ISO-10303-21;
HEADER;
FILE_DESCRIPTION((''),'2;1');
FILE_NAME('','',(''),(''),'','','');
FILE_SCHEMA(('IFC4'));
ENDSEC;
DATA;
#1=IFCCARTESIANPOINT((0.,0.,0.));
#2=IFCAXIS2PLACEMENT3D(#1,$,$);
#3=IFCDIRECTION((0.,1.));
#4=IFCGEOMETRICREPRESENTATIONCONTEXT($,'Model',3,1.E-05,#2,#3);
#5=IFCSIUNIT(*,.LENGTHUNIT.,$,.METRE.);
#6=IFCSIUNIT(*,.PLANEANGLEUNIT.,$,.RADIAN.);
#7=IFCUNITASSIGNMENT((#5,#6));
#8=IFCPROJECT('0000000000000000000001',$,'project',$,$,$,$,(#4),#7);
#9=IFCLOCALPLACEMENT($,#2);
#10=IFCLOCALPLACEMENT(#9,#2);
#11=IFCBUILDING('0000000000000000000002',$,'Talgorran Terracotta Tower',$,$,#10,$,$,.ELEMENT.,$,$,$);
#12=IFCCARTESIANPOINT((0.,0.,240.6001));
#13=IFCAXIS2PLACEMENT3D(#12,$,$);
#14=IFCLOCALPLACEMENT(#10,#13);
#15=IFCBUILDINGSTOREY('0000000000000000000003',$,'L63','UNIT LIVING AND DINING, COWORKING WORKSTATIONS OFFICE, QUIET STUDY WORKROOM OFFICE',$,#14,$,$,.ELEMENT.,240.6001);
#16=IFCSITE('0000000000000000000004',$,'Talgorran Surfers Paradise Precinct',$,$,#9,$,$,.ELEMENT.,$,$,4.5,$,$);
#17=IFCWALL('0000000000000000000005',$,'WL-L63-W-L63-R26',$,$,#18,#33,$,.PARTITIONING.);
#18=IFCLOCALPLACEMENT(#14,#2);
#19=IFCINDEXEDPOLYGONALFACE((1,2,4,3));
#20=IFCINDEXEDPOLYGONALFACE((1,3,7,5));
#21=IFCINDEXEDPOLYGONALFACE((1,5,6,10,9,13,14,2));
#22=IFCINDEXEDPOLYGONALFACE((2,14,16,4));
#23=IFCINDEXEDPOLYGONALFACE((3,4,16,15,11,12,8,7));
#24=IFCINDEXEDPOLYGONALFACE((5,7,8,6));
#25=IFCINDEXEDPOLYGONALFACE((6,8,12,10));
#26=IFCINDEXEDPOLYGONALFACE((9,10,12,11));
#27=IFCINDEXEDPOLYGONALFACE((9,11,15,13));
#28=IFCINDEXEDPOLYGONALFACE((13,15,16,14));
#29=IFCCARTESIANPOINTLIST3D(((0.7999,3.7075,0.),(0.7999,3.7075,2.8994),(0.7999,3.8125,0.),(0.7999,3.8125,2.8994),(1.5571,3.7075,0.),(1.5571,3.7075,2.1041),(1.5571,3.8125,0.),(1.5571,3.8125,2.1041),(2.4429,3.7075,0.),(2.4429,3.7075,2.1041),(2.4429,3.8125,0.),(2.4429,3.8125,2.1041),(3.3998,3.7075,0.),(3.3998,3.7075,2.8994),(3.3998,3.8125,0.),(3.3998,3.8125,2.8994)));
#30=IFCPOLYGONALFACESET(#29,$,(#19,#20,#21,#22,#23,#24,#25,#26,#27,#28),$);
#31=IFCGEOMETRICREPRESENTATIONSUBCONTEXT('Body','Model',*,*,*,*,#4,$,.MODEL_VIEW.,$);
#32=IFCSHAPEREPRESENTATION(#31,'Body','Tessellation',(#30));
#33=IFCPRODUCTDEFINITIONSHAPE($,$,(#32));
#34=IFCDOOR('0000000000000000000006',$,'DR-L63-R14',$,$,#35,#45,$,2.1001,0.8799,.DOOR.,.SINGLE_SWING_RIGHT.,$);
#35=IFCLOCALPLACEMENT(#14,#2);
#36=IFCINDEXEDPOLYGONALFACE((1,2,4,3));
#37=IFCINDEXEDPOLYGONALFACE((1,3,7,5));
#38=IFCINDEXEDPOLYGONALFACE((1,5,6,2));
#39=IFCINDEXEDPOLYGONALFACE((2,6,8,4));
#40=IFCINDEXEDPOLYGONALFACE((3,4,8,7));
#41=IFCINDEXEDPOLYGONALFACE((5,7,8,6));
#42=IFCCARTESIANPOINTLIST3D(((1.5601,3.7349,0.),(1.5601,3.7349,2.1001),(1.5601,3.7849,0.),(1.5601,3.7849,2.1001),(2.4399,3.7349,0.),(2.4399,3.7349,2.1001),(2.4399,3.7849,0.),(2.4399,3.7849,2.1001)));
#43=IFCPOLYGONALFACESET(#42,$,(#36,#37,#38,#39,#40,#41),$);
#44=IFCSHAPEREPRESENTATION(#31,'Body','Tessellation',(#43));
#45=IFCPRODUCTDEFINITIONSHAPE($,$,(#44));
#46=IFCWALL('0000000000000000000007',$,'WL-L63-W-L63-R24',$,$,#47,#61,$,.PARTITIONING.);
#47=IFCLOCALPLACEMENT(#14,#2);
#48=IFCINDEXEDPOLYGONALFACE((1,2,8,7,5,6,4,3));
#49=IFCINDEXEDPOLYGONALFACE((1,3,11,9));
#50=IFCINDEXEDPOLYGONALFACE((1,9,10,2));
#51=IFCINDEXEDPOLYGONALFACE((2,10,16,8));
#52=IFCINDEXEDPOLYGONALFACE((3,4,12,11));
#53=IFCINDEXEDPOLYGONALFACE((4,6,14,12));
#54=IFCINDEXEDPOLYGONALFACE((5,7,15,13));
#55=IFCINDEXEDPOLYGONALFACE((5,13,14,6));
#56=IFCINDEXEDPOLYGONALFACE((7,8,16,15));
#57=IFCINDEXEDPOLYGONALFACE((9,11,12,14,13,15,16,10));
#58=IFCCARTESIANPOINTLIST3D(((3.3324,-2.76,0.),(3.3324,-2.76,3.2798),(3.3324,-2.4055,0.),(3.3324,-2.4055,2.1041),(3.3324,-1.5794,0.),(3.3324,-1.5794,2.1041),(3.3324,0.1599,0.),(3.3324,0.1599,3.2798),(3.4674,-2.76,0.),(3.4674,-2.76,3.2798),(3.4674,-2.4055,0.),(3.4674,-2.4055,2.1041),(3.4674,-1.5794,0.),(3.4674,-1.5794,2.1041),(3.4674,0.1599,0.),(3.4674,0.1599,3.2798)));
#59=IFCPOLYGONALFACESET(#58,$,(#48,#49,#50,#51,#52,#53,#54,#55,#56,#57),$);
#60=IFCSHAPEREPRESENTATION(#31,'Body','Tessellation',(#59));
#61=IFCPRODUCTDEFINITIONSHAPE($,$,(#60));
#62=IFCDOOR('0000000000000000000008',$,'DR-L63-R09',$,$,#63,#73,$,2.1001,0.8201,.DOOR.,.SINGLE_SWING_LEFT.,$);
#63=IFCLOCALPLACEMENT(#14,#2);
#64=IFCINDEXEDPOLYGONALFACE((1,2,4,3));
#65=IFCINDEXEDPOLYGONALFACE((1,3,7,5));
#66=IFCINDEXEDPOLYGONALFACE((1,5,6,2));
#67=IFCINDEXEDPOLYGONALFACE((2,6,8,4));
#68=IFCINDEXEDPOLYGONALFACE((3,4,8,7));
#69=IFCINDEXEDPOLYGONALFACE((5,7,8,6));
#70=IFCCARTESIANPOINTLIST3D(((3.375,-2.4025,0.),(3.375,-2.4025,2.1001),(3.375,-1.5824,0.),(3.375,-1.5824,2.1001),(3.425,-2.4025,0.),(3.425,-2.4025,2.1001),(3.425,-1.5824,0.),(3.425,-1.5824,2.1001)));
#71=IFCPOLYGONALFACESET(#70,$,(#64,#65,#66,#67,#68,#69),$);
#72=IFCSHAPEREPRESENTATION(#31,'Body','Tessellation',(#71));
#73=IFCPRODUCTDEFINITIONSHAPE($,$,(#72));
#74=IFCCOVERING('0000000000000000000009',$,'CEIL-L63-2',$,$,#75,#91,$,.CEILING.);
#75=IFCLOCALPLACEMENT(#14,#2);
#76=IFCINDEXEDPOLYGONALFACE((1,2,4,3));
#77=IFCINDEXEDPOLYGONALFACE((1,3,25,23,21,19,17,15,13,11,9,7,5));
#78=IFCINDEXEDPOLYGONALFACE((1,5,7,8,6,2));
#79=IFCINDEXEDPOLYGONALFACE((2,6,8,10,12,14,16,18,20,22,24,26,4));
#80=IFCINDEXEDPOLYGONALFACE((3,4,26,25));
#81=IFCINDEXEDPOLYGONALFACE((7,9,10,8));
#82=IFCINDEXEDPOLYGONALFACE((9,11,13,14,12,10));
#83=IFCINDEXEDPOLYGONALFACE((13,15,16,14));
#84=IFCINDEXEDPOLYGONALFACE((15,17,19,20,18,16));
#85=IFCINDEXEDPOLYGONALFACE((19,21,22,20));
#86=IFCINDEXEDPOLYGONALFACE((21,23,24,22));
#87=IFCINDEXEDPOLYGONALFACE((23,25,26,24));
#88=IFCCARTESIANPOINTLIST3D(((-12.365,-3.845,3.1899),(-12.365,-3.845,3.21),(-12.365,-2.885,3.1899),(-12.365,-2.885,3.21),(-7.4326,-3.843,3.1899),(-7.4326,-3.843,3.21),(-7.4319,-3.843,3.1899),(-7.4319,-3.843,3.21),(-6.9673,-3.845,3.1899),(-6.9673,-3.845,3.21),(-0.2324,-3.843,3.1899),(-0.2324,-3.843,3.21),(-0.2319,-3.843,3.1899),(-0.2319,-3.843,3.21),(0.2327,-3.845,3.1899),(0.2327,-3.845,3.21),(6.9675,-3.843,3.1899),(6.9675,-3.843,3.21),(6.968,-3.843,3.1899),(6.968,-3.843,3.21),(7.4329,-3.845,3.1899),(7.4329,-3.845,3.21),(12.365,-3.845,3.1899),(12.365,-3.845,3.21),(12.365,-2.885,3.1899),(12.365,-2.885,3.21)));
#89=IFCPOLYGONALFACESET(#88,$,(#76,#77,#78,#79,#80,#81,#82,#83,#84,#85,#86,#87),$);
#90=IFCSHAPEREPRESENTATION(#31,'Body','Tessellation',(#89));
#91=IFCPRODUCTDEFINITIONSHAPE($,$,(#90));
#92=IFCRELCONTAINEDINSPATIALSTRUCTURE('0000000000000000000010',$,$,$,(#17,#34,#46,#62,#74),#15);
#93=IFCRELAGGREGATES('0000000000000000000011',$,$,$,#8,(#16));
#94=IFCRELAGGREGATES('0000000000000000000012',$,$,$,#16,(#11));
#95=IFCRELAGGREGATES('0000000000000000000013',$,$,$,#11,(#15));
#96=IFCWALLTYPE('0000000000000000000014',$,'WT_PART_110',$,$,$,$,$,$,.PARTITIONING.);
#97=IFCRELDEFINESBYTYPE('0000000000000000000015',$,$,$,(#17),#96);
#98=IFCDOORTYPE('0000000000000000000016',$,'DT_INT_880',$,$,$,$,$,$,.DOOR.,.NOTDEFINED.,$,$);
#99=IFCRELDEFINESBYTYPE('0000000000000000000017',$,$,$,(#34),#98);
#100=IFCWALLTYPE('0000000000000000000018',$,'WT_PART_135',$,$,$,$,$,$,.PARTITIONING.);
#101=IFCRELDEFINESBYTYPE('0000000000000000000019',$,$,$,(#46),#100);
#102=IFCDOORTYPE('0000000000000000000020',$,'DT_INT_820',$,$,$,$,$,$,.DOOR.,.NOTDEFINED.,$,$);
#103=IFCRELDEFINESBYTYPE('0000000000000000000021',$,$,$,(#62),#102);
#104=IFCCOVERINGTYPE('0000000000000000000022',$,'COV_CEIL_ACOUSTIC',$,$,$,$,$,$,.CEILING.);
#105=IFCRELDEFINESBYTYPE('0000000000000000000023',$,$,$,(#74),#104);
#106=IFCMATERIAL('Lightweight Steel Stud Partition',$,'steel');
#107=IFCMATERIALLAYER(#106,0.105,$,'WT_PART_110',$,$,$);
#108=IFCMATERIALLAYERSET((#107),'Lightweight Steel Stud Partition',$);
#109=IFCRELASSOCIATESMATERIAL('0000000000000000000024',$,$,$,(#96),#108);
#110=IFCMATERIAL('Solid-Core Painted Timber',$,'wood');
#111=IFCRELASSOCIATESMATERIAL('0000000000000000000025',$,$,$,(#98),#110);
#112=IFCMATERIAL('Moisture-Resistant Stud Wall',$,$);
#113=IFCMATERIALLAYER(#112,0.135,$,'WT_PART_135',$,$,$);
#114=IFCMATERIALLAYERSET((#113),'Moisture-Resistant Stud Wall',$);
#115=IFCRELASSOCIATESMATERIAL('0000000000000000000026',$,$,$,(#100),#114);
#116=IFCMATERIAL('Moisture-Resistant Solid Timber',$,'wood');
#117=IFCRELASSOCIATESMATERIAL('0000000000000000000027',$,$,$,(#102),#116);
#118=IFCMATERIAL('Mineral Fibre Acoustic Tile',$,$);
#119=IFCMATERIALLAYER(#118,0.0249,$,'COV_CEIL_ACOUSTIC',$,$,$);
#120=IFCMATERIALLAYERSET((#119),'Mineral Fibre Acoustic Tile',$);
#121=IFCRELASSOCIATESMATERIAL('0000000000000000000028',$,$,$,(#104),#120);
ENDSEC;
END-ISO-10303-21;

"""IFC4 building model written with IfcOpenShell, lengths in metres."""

from ifc_helpers import new_model, si_unit, direction, frame, frame_2d, origin, place, context, subcontext, project, spatial, polyline, rectangle, outline, extrude, material, layer, layer_set, type_object, element, fill, save


model = new_model("IFC4")

# Units and contexts
model_context = context("Model", 3, precision=1e-05, world=origin(), true_north=direction((0.0, 1.0)))
body_context = subcontext(model_context, "Body", "Model", "MODEL_VIEW")
ifc_project = project(units=[si_unit("LENGTHUNIT", "METRE"), si_unit("PLANEANGLEUNIT", "RADIAN")], contexts=[model_context])

# Site, building, storey
site_placement = place(None, origin())
site = spatial("IfcSite", under=ifc_project, at=site_placement, Name="Talgorran Surfers Paradise Precinct", CompositionType="ELEMENT", RefElevation=4.5)
building_placement = place(site_placement, origin())
building = spatial("IfcBuilding", under=site, at=building_placement, Name="Talgorran Terracotta Tower", CompositionType="ELEMENT")
storey_placement = place(building_placement, frame((0.0, 0.0, 240.6001)))
storey = spatial("IfcBuildingStorey", under=building, at=storey_placement, Name="L63", Description="UNIT LIVING AND DINING, COWORKING WORKSTATIONS OFFICE, QUIET STUDY WORKROOM OFFICE", CompositionType="ELEMENT", Elevation=240.6001)

# Shared definitions
ifc_material_1 = material(Name="Lightweight Steel Stud Partition", Category="steel")
ifc_layer_1 = layer(ifc_material_1, 0.105, Name="WT_PART_110")
ifc_layer_set_1 = layer_set([ifc_layer_1], Name="Lightweight Steel Stud Partition")
wall_type_1 = type_object("IfcWallType", Name="WT_PART_110", PredefinedType="PARTITIONING", material=ifc_layer_set_1)
ifc_material_2 = material(Name="Solid-Core Painted Timber", Category="wood")
door_type_1 = type_object("IfcDoorType", Name="DT_INT_880", OperationType="NOTDEFINED", PredefinedType="DOOR", material=ifc_material_2)

# Walls, openings, doors
wall_1_placement = place(storey_placement, frame((0.8, 3.76, 0.0), z_axis=(0.0, 0.0, 1.0), x_axis=(1.0, 0.0, 0.0)))
wall_1 = element("IfcWall", 1, at=wall_1_placement, inside=storey, type_object=wall_type_1, Name="WL-L63-W-L63-R26", PredefinedType="PARTITIONING", context=body_context, shape_type="SweptSolid", body=[
    extrude(rectangle(XDim=2.5999, YDim=0.105, at=frame_2d((1.2998, 0.0))), origin(), (0.0, 0.0, 1.0), 2.8994),
])
opening_1_placement = place(wall_1_placement, frame((0.76, 0.0, 0.0)))
opening_1 = element("IfcOpeningElement", 2, at=opening_1_placement, cuts=wall_1, PredefinedType="OPENING", context=body_context, shape_type="SweptSolid", body=[
    extrude(rectangle(XDim=0.8859, YDim=2.1041, at=frame_2d((0.4399, 1.052))), frame((0.0, 0.0625, 0.0), z_axis=(0.0, -1.0, 0.0), x_axis=(1.0, 0.0, 0.0)), (0.0, 0.0, 1.0), 0.125),
])
door_1_placement = place(opening_1_placement, origin())
door_1 = element("IfcDoor", 3, at=door_1_placement, inside=storey, type_object=door_type_1, Name="DR-L63-R14", OperationType="SINGLE_SWING_RIGHT", OverallHeight=2.1001, OverallWidth=0.8799, PredefinedType="DOOR", context=body_context, shape_type="SweptSolid", body=[
    extrude(rectangle(XDim=0.8799, YDim=2.1001, at=frame_2d((0.4399, 1.05))), frame((0.0, 0.0249, 0.0), z_axis=(0.0, -1.0, 0.0), x_axis=(1.0, 0.0, 0.0)), (0.0, 0.0, 1.0), 0.05),
])
fill(opening_1, door_1)
ifc_material_3 = material(Name="Moisture-Resistant Stud Wall")
ifc_layer_2 = layer(ifc_material_3, 0.135, Name="WT_PART_135")
ifc_layer_set_2 = layer_set([ifc_layer_2], Name="Moisture-Resistant Stud Wall")
wall_type_2 = type_object("IfcWallType", Name="WT_PART_135", PredefinedType="PARTITIONING", material=ifc_layer_set_2)
wall_2_placement = place(storey_placement, frame((3.3999, -2.76, 0.0), z_axis=(0.0, 0.0, 1.0), x_axis=(0.0, 1.0, 0.0)))
wall_2 = element("IfcWall", 4, at=wall_2_placement, inside=storey, type_object=wall_type_2, Name="WL-L63-W-L63-R24", PredefinedType="PARTITIONING", context=body_context, shape_type="SweptSolid", body=[
    extrude(rectangle(XDim=2.9199, YDim=0.135, at=frame_2d((1.46, 0.0))), origin(), (0.0, 0.0, 1.0), 3.2798),
])
opening_2_placement = place(wall_2_placement, frame((0.3574, 0.0, 0.0)))
opening_2 = element("IfcOpeningElement", 5, at=opening_2_placement, cuts=wall_2, PredefinedType="OPENING", context=body_context, shape_type="SweptSolid", body=[
    extrude(rectangle(XDim=0.8261, YDim=2.1041, at=frame_2d((0.4102, 1.052))), frame((0.0, 0.0776, 0.0), z_axis=(0.0, -1.0, 0.0), x_axis=(1.0, 0.0, 0.0)), (0.0, 0.0, 1.0), 0.155),
])
ifc_material_4 = material(Name="Moisture-Resistant Solid Timber", Category="wood")
door_type_2 = type_object("IfcDoorType", Name="DT_INT_820", OperationType="NOTDEFINED", PredefinedType="DOOR", material=ifc_material_4)
door_2_placement = place(opening_2_placement, origin())
door_2 = element("IfcDoor", 6, at=door_2_placement, inside=storey, type_object=door_type_2, Name="DR-L63-R09", OperationType="SINGLE_SWING_LEFT", OverallHeight=2.1001, OverallWidth=0.8201, PredefinedType="DOOR", context=body_context, shape_type="SweptSolid", body=[
    extrude(rectangle(XDim=0.8201, YDim=2.1001, at=frame_2d((0.4102, 1.05))), frame((0.0, 0.0249, 0.0), z_axis=(0.0, -1.0, 0.0), x_axis=(1.0, 0.0, 0.0)), (0.0, 0.0, 1.0), 0.05),
])
fill(opening_2, door_2)

# Covering
ifc_material_5 = material(Name="Mineral Fibre Acoustic Tile")
ifc_layer_3 = layer(ifc_material_5, 0.0249, Name="COV_CEIL_ACOUSTIC")
ifc_layer_set_3 = layer_set([ifc_layer_3], Name="Mineral Fibre Acoustic Tile")
covering_type_1 = type_object("IfcCoveringType", Name="COV_CEIL_ACOUSTIC", PredefinedType="CEILING", material=ifc_layer_set_3)
covering_1_placement = place(storey_placement, frame((0.0, 0.0, 3.1899)))
element("IfcCovering", 7, at=covering_1_placement, inside=storey, type_object=covering_type_1, Name="CEIL-L63-2", PredefinedType="CEILING", context=body_context, shape_type="SweptSolid", body=[
    extrude(outline(polyline([(-12.365, -2.885), (12.365, -2.885), (12.365, -3.845), (7.4329, -3.845), (6.968, -3.843), (6.9675, -3.843), (0.2327, -3.845), (-0.2319, -3.843), (-0.2324, -3.843), (-6.9673, -3.845), (-7.4319, -3.843), (-7.4326, -3.843), (-12.365, -3.845), (-12.365, -2.885)])), origin(), (0.0, 0.0, 1.0), 0.02),
])

save(model, "model.ifc")
